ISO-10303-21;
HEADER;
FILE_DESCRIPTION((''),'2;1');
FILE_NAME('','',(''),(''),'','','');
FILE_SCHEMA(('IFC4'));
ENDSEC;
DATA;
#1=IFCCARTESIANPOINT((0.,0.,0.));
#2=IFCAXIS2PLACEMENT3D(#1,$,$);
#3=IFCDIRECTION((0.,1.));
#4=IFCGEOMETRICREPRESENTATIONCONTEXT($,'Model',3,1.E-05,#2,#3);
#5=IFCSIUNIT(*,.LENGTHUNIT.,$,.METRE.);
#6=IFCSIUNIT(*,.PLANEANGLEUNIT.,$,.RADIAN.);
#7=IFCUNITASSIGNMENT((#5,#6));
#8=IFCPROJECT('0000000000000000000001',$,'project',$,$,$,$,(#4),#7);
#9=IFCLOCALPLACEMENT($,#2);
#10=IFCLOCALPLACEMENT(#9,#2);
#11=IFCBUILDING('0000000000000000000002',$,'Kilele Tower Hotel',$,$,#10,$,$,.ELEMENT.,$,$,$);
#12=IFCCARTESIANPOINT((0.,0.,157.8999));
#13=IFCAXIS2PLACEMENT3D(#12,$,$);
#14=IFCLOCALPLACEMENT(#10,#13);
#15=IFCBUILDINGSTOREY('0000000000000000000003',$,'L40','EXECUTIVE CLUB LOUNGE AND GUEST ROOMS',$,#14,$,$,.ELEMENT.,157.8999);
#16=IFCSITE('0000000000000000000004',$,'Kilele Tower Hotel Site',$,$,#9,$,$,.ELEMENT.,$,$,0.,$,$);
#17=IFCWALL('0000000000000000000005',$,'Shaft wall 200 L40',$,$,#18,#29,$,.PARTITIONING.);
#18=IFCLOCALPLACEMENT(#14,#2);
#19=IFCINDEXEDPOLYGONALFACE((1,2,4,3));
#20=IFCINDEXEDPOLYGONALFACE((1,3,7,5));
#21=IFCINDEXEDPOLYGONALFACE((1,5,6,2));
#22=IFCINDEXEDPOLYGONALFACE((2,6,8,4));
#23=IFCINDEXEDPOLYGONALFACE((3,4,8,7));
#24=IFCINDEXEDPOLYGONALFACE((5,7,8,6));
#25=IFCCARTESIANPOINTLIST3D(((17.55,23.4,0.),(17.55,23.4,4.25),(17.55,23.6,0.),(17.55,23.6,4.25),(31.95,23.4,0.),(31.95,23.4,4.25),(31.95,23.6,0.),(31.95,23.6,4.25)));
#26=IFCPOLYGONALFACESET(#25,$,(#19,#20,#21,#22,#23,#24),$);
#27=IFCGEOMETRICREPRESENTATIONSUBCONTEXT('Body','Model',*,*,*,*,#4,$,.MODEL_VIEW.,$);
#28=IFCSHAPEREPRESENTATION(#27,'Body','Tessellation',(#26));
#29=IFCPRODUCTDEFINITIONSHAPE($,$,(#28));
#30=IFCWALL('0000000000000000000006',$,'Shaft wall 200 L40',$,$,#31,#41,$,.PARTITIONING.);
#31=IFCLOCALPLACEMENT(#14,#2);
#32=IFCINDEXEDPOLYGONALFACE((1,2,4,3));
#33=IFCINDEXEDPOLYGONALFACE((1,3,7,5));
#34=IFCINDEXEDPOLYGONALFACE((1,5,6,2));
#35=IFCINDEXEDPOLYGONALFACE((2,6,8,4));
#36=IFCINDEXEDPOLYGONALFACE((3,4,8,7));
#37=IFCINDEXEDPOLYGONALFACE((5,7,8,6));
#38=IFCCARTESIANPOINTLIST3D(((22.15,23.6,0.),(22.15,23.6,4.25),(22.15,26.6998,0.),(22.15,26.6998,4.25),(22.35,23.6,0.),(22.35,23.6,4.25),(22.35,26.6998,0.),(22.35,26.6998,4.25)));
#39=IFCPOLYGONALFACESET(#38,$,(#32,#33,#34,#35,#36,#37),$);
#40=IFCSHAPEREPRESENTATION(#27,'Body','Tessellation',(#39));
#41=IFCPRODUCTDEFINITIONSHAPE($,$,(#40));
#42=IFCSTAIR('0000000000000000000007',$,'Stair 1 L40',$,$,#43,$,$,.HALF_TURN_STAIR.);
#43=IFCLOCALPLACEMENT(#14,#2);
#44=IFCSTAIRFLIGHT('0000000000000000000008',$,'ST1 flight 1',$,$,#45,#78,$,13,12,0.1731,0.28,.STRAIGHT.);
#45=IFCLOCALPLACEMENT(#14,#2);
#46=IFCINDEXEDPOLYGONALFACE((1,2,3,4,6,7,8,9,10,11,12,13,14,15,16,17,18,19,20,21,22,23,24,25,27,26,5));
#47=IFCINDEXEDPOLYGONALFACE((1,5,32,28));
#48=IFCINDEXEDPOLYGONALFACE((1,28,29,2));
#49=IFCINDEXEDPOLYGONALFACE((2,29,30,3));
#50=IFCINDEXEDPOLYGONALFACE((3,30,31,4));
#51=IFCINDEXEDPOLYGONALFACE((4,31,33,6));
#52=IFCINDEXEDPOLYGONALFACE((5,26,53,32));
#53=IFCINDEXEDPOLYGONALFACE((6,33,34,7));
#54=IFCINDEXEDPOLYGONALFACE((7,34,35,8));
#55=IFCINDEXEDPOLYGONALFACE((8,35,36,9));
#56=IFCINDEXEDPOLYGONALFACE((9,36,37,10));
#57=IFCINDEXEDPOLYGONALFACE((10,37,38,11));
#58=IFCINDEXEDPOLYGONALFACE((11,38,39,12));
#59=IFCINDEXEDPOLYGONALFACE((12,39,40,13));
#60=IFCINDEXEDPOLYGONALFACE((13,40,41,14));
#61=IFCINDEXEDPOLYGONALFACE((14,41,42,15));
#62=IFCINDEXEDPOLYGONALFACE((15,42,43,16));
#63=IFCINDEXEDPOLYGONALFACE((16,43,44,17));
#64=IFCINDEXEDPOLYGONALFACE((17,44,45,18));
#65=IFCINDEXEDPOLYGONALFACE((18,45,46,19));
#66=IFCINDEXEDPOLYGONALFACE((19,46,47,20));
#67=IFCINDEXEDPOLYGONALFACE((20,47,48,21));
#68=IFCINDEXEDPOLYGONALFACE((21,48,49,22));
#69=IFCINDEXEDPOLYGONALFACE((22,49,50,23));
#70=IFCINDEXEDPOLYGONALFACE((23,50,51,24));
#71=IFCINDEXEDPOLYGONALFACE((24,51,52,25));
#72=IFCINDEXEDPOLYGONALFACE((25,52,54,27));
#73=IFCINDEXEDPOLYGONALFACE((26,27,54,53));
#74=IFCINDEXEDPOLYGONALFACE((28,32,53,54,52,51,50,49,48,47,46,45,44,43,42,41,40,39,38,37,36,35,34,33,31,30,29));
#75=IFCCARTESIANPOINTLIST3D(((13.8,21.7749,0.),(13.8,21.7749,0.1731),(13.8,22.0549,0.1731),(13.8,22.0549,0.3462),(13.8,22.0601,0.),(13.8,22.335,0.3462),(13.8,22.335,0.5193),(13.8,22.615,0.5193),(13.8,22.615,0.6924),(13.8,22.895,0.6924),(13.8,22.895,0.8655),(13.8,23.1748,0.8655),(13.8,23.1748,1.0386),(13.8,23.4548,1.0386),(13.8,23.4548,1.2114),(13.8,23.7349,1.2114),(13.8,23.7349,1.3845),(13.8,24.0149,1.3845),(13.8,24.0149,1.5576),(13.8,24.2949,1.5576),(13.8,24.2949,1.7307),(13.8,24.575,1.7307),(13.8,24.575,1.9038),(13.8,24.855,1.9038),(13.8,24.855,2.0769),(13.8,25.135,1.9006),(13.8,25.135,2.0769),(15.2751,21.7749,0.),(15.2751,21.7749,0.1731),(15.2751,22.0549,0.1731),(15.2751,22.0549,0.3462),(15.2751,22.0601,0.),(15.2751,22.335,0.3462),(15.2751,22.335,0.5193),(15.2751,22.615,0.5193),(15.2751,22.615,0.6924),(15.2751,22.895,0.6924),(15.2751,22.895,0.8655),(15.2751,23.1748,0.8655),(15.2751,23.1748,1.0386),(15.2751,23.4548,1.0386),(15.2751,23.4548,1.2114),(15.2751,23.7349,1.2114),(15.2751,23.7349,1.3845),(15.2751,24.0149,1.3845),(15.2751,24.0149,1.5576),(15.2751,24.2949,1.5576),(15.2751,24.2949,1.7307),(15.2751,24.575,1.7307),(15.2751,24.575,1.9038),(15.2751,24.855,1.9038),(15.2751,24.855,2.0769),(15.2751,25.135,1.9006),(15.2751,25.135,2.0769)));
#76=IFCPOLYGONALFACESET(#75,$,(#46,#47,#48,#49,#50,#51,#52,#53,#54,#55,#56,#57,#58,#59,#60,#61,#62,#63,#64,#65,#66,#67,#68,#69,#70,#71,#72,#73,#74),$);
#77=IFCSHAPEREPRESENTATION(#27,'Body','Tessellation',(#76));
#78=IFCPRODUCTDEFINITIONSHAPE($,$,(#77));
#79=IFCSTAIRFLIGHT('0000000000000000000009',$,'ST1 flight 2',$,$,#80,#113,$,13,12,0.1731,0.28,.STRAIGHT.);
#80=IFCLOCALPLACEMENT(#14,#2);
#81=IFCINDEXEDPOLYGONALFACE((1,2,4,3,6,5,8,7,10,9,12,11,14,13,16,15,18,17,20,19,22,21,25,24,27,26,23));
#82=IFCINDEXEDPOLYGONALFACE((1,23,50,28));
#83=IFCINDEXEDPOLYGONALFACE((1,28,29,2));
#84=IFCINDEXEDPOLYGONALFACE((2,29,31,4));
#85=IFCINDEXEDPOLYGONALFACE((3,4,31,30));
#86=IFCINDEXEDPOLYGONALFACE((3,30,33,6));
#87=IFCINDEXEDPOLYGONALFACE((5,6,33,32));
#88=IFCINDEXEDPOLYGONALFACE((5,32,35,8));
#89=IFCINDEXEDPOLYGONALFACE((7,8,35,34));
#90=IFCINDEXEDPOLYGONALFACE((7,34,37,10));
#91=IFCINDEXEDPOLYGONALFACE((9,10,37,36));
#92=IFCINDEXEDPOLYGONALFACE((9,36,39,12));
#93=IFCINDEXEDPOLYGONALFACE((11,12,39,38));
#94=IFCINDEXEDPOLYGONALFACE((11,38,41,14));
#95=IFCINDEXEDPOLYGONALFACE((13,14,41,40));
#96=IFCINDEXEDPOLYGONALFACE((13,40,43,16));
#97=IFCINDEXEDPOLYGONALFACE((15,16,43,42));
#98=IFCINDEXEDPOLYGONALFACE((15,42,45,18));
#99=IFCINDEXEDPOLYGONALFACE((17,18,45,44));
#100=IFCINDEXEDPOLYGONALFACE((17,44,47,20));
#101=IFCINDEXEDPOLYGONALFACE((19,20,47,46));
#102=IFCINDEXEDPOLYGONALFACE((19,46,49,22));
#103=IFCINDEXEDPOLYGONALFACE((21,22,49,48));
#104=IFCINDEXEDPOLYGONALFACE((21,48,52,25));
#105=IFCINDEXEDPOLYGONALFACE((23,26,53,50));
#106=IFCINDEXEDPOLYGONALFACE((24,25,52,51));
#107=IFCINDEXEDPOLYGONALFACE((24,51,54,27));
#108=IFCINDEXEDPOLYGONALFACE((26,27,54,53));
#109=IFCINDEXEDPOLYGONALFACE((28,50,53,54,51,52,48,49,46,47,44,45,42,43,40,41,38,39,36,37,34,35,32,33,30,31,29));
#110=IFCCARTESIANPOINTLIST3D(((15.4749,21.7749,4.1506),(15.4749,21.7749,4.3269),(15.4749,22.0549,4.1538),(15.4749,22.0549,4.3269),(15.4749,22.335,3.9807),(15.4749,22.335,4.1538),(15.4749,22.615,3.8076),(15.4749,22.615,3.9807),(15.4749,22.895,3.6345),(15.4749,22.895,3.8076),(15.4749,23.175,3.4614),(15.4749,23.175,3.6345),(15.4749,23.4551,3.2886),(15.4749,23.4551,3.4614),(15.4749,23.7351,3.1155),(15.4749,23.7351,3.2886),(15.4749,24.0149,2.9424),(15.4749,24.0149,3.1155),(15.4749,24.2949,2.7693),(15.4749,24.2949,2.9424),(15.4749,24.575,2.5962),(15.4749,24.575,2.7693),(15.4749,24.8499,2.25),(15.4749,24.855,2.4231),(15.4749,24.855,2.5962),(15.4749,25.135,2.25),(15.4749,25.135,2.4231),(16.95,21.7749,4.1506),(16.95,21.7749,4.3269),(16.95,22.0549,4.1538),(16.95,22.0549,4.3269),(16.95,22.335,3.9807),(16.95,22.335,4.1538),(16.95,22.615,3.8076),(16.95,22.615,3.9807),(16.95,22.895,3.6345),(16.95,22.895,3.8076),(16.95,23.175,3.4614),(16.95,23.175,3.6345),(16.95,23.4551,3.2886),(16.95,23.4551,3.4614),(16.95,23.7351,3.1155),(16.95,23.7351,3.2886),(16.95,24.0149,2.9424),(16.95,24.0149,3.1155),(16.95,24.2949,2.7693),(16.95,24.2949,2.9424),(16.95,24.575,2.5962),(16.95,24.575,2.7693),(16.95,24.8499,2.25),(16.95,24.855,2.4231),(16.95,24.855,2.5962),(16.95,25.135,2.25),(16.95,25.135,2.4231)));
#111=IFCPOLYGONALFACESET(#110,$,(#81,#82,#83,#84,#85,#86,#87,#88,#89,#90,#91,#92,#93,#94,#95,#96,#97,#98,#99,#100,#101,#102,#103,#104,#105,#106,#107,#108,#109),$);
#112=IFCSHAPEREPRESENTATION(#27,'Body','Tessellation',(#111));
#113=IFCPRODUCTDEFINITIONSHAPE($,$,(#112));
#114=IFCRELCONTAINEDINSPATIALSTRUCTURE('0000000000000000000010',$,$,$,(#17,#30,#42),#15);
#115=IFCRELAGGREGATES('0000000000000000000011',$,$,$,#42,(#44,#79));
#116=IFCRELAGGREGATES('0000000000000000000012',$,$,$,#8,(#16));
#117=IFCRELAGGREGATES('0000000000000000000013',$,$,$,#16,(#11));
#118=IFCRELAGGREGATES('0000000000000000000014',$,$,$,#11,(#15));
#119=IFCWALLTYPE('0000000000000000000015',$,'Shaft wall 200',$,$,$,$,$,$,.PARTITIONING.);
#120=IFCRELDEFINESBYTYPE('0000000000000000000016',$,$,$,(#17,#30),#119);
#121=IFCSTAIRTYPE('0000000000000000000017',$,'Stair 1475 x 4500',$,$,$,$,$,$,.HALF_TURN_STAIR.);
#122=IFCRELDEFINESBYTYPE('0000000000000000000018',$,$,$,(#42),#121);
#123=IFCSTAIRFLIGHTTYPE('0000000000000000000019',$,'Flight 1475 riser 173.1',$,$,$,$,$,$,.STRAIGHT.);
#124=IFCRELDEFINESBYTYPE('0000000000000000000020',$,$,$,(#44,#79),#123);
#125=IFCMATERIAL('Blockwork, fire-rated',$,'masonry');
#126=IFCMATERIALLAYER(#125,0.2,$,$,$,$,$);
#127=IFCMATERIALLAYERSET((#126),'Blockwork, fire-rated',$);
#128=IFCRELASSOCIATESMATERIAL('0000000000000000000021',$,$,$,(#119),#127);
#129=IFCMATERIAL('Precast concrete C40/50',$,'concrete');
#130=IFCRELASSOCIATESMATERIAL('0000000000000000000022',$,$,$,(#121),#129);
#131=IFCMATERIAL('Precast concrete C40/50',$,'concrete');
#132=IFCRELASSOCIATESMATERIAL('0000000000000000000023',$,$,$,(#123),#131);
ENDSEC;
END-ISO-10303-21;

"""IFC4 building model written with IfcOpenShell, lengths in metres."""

from ifc_helpers import new_model, si_unit, direction, frame, frame_2d, origin, place, context, subcontext, project, spatial, polyline, rectangle, outline, extrude, material, layer, layer_set, type_object, element, aggregate, save


model = new_model("IFC4")

# Units and contexts
model_context = context("Model", 3, precision=1e-05, world=origin(), true_north=direction((0.0, 1.0)))
body_context = subcontext(model_context, "Body", "Model", "MODEL_VIEW")
ifc_project = project(units=[si_unit("LENGTHUNIT", "METRE"), si_unit("PLANEANGLEUNIT", "RADIAN")], contexts=[model_context])

# Site, building, storey
site_placement = place(None, origin())
site = spatial("IfcSite", under=ifc_project, at=site_placement, Name="Kilele Tower Hotel Site", CompositionType="ELEMENT", RefElevation=0.0)
building_placement = place(site_placement, origin())
building = spatial("IfcBuilding", under=site, at=building_placement, Name="Kilele Tower Hotel", CompositionType="ELEMENT")
storey_placement = place(building_placement, frame((0.0, 0.0, 157.8999)))
storey = spatial("IfcBuildingStorey", under=building, at=storey_placement, Name="L40", Description="EXECUTIVE CLUB LOUNGE AND GUEST ROOMS", CompositionType="ELEMENT", Elevation=157.8999)

# Walls
ifc_material_1 = material(Name="Blockwork, fire-rated", Category="masonry")
ifc_layer_1 = layer(ifc_material_1, 0.2)
ifc_layer_set_1 = layer_set([ifc_layer_1], Name="Blockwork, fire-rated")
wall_type_1 = type_object("IfcWallType", Name="Shaft wall 200", PredefinedType="PARTITIONING", material=ifc_layer_set_1)
wall_1_placement = place(storey_placement, frame((17.55, 23.5, 0.0), z_axis=(0.0, 0.0, 1.0), x_axis=(1.0, 0.0, 0.0)))
element("IfcWall", 1, at=wall_1_placement, inside=storey, type_object=wall_type_1, Name="Shaft wall 200 L40", PredefinedType="PARTITIONING", context=body_context, shape_type="SweptSolid", body=[
    extrude(rectangle(XDim=14.3999, YDim=0.2, at=frame_2d((7.2, 0.0))), origin(), (0.0, 0.0, 1.0), 4.25),
])
wall_2_placement = place(storey_placement, frame((22.25, 23.6001, 0.0), z_axis=(0.0, 0.0, 1.0), x_axis=(0.0, 1.0, 0.0)))
element("IfcWall", 2, at=wall_2_placement, inside=storey, type_object=wall_type_1, Name="Shaft wall 200 L40", PredefinedType="PARTITIONING", context=body_context, shape_type="SweptSolid", body=[
    extrude(rectangle(XDim=3.0999, YDim=0.2, at=frame_2d((1.5498, 0.0))), origin(), (0.0, 0.0, 1.0), 4.25),
])

# Stair, stair flights
ifc_material_2 = material(Name="Precast concrete C40/50", Category="concrete")
stair_type = type_object("IfcStairType", Name="Stair 1475 x 4500", PredefinedType="HALF_TURN_STAIR", material=ifc_material_2)
stair_placement = place(storey_placement, origin())
stair = element("IfcStair", 3, at=stair_placement, inside=storey, type_object=stair_type, Name="Stair 1 L40", PredefinedType="HALF_TURN_STAIR")
ifc_material_3 = material(Name="Precast concrete C40/50", Category="concrete")
stair_flight_type = type_object("IfcStairFlightType", Name="Flight 1475 riser 173.1", PredefinedType="STRAIGHT", material=ifc_material_3)
stair_flight_1_placement = place(storey_placement, frame((14.5376, 21.7749, 0.0), z_axis=(0.0, 0.0, 1.0), x_axis=(0.0, 1.0, 0.0)))
stair_flight_1 = element("IfcStairFlight", 4, at=stair_flight_1_placement, type_object=stair_flight_type, Name="ST1 flight 1", NumberOfRisers=13, NumberOfTreads=12, PredefinedType="STRAIGHT", RiserHeight=0.1731, TreadLength=0.28, context=body_context, shape_type="SweptSolid", body=[
    extrude(outline(polyline([(0.0, 0.0), (0.0, 0.1731), (0.28, 0.1731), (0.28, 0.3462), (0.5601, 0.3462), (0.5601, 0.5193), (0.8401, 0.5193), (0.8401, 0.6924), (1.1201, 0.6924), (1.1201, 0.8655), (1.3999, 0.8655), (1.3999, 1.0386), (1.6799, 1.0386), (1.6799, 1.2114), (1.96, 1.2114), (1.96, 1.3845), (2.24, 1.3845), (2.24, 1.5576), (2.52, 1.5576), (2.52, 1.7307), (2.8, 1.7307), (2.8, 1.9038), (3.0801, 1.9038), (3.0801, 2.0769), (3.3601, 2.0769), (3.3601, 2.25), (3.3601, 1.9006), (0.2852, 0.0), (0.0, 0.0)])), frame((0.0, 0.7375, 0.0), z_axis=(0.0, -1.0, 0.0), x_axis=(1.0, 0.0, 0.0)), (0.0, 0.0, 1.0), 1.4751),
])
stair_flight_2_placement = place(storey_placement, frame((16.2124, 25.135, 2.25), z_axis=(0.0, 0.0, 1.0), x_axis=(0.0, -1.0, 0.0)))
stair_flight_2 = element("IfcStairFlight", 5, at=stair_flight_2_placement, type_object=stair_flight_type, Name="ST1 flight 2", NumberOfRisers=13, NumberOfTreads=12, PredefinedType="STRAIGHT", RiserHeight=0.1731, TreadLength=0.28, context=body_context, shape_type="SweptSolid", body=[
    extrude(outline(polyline([(0.0, 0.0), (0.0, 0.1731), (0.28, 0.1731), (0.28, 0.3462), (0.5601, 0.3462), (0.5601, 0.5193), (0.8401, 0.5193), (0.8401, 0.6924), (1.1201, 0.6924), (1.1201, 0.8655), (1.3999, 0.8655), (1.3999, 1.0386), (1.6799, 1.0386), (1.6799, 1.2114), (1.96, 1.2114), (1.96, 1.3845), (2.24, 1.3845), (2.24, 1.5576), (2.52, 1.5576), (2.52, 1.7307), (2.8, 1.7307), (2.8, 1.9038), (3.0801, 1.9038), (3.0801, 2.0769), (3.3601, 2.0769), (3.3601, 2.25), (3.3601, 1.9006), (0.2852, 0.0), (0.0, 0.0)])), frame((0.0, 0.7375, 0.0), z_axis=(0.0, -1.0, 0.0), x_axis=(1.0, 0.0, 0.0)), (0.0, 0.0, 1.0), 1.4751),
])
aggregate(stair, [stair_flight_1, stair_flight_2])

save(model, "model.ifc")
